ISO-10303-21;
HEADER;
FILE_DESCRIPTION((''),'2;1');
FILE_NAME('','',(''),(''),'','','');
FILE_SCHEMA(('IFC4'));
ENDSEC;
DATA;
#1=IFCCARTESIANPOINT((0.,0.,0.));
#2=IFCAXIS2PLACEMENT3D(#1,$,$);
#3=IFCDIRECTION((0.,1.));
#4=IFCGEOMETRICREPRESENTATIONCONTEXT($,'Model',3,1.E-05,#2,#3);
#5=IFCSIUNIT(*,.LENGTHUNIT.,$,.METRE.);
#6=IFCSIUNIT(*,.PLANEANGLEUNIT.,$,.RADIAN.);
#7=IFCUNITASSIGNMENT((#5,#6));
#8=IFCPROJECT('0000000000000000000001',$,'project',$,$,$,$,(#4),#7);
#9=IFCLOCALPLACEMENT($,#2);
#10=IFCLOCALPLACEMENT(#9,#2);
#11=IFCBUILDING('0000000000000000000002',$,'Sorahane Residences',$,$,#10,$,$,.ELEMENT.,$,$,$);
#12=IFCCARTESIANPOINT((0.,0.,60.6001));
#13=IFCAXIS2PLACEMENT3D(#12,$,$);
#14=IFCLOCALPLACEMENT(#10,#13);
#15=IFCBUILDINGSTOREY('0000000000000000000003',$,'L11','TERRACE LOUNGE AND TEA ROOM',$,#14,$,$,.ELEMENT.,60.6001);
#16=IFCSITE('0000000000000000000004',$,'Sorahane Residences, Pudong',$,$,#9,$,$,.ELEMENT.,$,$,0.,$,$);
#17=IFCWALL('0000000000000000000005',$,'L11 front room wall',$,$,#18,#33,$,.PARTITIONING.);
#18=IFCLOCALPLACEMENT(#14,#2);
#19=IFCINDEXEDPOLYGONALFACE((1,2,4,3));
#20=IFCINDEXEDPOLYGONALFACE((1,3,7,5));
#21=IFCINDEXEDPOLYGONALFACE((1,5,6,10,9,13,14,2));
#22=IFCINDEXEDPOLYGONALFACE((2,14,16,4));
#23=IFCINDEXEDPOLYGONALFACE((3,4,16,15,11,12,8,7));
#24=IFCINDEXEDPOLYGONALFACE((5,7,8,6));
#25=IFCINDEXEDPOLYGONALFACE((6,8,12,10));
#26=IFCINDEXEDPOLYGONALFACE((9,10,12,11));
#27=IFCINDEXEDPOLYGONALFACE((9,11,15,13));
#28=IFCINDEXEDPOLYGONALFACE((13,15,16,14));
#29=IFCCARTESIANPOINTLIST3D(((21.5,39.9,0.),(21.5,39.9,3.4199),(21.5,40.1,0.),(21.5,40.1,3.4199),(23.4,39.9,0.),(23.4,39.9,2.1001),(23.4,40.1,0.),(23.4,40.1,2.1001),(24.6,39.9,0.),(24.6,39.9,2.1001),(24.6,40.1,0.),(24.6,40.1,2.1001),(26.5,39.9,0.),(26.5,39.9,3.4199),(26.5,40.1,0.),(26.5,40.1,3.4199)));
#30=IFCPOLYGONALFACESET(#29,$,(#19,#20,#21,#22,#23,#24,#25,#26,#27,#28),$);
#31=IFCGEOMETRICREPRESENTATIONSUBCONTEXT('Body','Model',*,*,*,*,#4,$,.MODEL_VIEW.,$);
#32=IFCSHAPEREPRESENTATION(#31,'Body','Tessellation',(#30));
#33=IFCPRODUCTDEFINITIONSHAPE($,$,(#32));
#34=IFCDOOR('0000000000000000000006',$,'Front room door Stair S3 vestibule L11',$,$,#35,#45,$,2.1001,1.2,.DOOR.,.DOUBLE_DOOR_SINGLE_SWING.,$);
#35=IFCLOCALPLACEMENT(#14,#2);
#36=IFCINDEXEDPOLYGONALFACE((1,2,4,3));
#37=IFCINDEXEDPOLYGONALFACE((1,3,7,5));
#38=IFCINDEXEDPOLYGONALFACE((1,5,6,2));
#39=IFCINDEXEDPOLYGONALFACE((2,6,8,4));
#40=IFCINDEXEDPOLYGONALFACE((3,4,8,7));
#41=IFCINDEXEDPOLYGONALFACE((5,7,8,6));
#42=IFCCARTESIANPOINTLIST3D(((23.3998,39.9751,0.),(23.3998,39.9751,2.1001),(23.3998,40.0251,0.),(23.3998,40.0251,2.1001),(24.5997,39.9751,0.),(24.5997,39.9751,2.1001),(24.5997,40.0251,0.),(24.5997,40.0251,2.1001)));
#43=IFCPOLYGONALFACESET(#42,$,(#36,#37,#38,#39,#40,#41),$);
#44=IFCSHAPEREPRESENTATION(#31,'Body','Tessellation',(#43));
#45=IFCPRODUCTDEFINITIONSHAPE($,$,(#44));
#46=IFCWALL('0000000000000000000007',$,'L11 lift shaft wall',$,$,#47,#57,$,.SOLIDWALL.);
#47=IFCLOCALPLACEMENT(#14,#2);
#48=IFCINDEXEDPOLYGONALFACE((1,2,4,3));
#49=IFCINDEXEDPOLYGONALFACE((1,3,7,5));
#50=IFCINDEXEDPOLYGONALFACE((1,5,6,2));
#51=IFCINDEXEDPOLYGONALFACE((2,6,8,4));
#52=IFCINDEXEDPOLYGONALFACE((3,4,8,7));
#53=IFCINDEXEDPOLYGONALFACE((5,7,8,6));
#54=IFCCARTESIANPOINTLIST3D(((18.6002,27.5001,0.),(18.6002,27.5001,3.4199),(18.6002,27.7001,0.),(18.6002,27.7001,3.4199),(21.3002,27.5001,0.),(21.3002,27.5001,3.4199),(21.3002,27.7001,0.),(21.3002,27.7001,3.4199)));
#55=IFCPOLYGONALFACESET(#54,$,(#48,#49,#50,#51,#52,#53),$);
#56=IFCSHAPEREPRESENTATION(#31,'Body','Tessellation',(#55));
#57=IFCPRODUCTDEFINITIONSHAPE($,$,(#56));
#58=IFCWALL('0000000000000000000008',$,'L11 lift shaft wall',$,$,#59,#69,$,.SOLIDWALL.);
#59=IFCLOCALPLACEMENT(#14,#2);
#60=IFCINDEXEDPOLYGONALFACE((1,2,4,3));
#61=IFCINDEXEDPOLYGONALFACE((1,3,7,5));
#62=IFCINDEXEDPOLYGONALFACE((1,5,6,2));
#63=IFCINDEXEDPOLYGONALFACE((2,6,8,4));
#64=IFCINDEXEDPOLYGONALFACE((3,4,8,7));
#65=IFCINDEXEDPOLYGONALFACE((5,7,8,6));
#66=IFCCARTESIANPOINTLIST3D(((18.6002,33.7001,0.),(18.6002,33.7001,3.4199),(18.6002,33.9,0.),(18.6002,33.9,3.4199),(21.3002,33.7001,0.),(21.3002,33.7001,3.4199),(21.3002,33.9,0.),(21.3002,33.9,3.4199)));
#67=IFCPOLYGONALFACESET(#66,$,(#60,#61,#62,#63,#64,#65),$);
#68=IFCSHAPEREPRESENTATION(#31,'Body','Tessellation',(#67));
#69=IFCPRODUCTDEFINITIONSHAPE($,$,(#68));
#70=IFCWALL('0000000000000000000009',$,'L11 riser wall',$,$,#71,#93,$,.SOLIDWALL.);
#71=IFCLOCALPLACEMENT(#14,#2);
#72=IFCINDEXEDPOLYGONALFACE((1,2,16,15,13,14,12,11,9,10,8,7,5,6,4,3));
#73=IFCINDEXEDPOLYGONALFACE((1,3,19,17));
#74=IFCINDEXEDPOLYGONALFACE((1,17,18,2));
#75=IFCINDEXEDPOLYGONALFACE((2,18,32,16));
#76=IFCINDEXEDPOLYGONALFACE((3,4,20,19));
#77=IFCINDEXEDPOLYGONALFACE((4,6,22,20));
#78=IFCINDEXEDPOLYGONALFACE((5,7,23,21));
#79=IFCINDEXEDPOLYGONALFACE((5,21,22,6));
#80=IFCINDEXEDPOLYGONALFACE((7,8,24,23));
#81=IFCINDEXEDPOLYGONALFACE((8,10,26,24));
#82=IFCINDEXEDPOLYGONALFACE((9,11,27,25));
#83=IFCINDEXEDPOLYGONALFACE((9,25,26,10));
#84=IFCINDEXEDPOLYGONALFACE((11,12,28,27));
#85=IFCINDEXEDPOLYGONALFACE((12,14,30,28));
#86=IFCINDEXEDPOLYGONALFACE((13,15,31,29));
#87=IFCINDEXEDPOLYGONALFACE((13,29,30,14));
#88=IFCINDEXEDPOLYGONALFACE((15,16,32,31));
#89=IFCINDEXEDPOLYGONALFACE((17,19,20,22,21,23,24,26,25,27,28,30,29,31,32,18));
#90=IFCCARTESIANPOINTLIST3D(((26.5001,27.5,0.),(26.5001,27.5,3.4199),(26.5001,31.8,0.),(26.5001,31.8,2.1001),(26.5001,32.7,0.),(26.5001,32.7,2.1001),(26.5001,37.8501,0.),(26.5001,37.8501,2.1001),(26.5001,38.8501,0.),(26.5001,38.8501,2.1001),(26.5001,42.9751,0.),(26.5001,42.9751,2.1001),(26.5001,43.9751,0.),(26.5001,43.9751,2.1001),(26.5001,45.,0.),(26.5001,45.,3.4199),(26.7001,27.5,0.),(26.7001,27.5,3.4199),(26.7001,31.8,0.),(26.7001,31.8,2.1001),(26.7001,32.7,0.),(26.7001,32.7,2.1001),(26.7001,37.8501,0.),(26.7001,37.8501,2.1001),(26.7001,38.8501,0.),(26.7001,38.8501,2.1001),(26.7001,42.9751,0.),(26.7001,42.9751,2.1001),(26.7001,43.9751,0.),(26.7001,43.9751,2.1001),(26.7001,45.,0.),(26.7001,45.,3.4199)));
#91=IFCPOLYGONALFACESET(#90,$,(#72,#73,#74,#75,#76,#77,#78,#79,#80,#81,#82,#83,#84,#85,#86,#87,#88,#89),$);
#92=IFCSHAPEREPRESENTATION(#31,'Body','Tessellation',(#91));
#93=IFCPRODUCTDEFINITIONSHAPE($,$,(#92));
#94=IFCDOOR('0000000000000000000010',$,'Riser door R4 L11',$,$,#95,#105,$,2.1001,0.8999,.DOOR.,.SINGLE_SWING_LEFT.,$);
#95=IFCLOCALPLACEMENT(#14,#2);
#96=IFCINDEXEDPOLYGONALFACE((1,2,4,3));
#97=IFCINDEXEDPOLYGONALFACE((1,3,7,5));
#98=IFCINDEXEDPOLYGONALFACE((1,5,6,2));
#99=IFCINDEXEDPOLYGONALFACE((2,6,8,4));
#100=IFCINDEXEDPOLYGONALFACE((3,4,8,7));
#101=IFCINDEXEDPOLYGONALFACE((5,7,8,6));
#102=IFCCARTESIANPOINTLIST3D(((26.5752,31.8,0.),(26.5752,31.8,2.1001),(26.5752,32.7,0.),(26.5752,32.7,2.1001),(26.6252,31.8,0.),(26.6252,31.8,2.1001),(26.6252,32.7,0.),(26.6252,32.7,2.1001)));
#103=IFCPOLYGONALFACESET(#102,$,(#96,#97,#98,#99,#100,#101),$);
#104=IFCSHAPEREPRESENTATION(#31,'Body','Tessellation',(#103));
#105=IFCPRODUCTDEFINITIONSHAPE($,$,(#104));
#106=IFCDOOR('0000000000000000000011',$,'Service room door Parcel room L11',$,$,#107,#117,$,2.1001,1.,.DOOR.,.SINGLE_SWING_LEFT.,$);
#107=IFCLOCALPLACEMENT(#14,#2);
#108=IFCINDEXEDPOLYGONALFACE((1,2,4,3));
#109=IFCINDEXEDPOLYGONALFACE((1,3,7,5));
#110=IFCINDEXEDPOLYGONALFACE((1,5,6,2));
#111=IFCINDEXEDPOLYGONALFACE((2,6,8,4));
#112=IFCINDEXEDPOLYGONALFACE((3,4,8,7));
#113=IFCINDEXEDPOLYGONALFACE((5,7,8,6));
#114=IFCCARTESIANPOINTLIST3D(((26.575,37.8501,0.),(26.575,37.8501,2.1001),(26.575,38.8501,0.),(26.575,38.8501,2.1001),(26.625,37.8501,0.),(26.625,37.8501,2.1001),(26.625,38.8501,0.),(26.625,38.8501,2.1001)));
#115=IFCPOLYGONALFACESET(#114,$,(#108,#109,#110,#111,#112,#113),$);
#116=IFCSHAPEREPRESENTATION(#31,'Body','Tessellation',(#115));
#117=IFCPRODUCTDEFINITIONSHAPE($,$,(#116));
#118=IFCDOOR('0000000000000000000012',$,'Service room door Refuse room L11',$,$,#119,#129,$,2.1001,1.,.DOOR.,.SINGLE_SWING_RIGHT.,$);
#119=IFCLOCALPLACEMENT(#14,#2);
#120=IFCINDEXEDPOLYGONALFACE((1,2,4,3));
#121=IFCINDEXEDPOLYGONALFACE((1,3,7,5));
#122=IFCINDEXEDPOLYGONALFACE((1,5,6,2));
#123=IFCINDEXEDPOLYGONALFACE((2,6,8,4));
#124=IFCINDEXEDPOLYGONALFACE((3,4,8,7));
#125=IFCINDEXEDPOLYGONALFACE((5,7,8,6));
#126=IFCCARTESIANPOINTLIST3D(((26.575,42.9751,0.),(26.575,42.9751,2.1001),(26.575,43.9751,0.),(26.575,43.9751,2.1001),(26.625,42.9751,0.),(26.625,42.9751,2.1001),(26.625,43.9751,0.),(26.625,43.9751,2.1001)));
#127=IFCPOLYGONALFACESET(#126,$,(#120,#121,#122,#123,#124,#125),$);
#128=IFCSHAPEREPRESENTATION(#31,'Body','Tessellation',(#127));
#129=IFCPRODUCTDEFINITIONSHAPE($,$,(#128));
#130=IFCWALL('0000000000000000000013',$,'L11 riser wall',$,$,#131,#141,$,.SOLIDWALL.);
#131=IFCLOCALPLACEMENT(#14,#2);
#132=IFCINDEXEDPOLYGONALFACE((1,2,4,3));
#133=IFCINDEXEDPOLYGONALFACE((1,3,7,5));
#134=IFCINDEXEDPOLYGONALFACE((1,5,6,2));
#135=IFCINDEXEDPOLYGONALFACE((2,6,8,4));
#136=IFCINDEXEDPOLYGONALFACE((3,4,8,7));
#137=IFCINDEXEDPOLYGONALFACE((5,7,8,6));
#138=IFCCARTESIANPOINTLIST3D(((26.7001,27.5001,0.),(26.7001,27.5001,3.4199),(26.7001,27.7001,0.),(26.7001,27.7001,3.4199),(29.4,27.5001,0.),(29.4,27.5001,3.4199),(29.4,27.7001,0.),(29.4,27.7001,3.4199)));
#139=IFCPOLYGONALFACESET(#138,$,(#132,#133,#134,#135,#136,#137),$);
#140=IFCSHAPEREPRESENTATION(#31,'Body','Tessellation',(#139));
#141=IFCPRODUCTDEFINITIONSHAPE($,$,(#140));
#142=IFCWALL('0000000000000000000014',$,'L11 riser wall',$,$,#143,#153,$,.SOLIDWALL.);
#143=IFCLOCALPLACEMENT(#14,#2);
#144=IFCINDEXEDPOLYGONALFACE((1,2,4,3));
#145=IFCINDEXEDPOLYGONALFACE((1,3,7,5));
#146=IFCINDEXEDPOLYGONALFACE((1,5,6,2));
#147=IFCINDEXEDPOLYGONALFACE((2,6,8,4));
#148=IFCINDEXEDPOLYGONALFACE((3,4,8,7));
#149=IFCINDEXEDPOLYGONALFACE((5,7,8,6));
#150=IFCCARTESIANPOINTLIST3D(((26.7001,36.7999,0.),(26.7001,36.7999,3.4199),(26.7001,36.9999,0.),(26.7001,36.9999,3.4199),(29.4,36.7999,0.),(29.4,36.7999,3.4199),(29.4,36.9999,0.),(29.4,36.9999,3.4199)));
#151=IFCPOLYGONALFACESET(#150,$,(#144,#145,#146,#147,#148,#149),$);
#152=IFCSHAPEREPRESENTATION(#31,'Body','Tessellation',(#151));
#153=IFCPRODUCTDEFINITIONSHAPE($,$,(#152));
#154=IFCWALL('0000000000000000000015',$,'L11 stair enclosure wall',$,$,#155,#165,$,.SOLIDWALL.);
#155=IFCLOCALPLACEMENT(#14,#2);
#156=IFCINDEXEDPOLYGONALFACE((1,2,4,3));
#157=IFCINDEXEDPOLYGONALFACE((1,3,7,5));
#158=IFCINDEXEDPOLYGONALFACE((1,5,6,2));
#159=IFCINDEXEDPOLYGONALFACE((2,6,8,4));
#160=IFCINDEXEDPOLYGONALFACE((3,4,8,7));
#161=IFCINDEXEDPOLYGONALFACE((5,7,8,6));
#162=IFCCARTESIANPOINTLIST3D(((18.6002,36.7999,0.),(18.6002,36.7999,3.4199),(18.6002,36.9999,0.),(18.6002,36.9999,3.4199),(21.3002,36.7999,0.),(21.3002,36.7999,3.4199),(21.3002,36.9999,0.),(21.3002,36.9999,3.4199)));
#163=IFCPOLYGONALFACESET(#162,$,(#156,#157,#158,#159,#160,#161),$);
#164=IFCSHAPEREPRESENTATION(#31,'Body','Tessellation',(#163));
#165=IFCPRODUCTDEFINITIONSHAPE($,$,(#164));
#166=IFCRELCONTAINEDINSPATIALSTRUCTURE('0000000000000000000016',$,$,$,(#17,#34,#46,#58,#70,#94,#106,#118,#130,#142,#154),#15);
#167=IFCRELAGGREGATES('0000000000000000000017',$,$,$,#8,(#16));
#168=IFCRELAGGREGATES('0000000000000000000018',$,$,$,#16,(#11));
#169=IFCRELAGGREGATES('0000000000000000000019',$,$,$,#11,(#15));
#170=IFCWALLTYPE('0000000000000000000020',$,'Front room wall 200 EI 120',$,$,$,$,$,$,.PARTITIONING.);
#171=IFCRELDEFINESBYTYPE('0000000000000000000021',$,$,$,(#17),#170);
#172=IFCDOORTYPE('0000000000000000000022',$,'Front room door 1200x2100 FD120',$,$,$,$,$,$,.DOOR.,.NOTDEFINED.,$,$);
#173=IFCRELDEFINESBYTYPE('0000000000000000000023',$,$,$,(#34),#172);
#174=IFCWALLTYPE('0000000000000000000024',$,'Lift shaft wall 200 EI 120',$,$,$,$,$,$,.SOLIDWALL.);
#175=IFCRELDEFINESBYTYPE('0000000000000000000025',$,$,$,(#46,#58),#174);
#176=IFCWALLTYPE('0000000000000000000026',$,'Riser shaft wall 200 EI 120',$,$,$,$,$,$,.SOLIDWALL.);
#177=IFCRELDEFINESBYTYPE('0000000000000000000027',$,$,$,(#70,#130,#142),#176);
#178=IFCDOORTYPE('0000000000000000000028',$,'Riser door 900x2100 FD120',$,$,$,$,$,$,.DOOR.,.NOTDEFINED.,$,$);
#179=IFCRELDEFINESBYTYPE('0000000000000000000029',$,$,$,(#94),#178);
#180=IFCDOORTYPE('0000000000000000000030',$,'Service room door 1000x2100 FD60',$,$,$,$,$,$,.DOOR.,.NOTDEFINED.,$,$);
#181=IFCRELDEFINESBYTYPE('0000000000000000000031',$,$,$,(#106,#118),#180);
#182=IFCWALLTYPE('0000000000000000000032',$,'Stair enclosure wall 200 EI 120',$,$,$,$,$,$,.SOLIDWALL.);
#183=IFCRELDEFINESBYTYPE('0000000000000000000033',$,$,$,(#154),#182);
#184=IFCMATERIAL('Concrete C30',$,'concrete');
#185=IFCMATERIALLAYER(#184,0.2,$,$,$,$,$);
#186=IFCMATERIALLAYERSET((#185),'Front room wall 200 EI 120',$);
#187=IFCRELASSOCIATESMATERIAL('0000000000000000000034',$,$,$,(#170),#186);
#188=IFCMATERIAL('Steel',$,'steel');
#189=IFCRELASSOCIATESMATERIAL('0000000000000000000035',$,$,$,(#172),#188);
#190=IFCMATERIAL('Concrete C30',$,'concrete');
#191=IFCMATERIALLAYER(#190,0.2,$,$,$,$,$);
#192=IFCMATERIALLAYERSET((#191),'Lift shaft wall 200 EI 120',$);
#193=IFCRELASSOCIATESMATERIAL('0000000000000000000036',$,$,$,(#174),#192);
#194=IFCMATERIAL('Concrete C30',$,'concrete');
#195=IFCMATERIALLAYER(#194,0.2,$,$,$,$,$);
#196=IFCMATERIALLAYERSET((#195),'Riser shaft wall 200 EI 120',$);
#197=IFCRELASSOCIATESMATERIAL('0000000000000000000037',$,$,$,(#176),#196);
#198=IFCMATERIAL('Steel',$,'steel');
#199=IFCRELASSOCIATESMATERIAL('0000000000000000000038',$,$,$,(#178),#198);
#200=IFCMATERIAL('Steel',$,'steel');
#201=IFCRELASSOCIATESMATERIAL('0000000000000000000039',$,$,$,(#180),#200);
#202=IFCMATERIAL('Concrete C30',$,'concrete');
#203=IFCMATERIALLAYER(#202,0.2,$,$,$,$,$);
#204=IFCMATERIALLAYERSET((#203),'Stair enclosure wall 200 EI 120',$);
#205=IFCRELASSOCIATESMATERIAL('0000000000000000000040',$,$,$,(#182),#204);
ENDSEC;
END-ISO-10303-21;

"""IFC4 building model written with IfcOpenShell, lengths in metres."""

from ifc_helpers import new_model, si_unit, direction, frame, frame_2d, origin, place, context, subcontext, project, spatial, rectangle, extrude, material, layer, layer_set, type_object, element, fill, save


model = new_model("IFC4")

# Units and contexts
model_context = context("Model", 3, precision=1e-05, world=origin(), true_north=direction((0.0, 1.0)))
body_context = subcontext(model_context, "Body", "Model", "MODEL_VIEW")
ifc_project = project(units=[si_unit("LENGTHUNIT", "METRE"), si_unit("PLANEANGLEUNIT", "RADIAN")], contexts=[model_context])

# Site, building, storey
site_placement = place(None, origin())
site = spatial("IfcSite", under=ifc_project, at=site_placement, Name="Sorahane Residences, Pudong", CompositionType="ELEMENT", RefElevation=0.0)
building_placement = place(site_placement, origin())
building = spatial("IfcBuilding", under=site, at=building_placement, Name="Sorahane Residences", CompositionType="ELEMENT")
storey_placement = place(building_placement, frame((0.0, 0.0, 60.6001)))
storey = spatial("IfcBuildingStorey", under=building, at=storey_placement, Name="L11", Description="TERRACE LOUNGE AND TEA ROOM", CompositionType="ELEMENT", Elevation=60.6001)

# Wall, opening, door
ifc_material_1 = material(Name="Concrete C30", Category="concrete")
ifc_layer_1 = layer(ifc_material_1, 0.2)
ifc_layer_set_1 = layer_set([ifc_layer_1], Name="Front room wall 200 EI 120")
wall_type_1 = type_object("IfcWallType", Name="Front room wall 200 EI 120", PredefinedType="PARTITIONING", material=ifc_layer_set_1)
wall_1_placement = place(storey_placement, frame((21.5, 40.0, 0.0), z_axis=(0.0, 0.0, 1.0), x_axis=(1.0, 0.0, 0.0)))
wall_1 = element("IfcWall", 1, at=wall_1_placement, inside=storey, type_object=wall_type_1, Name="L11 front room wall", PredefinedType="PARTITIONING", context=body_context, shape_type="SweptSolid", body=[
    extrude(rectangle(XDim=5.0, YDim=0.2, at=frame_2d((2.5, 0.0))), origin(), (0.0, 0.0, 1.0), 3.4199),
])
opening_1_placement = place(wall_1_placement, frame((1.8999, 0.0, 0.0)))
opening_1 = element("IfcOpeningElement", 2, at=opening_1_placement, cuts=wall_1, PredefinedType="OPENING", context=body_context, shape_type="SweptSolid", body=[
    extrude(rectangle(XDim=1.2, YDim=2.1001, at=frame_2d((0.6001, 1.05))), frame((0.0, 0.1099, 0.0), z_axis=(0.0, -1.0, 0.0), x_axis=(1.0, 0.0, 0.0)), (0.0, 0.0, 1.0), 0.22),
])
ifc_material_2 = material(Name="Steel", Category="steel")
door_type_1 = type_object("IfcDoorType", Name="Front room door 1200x2100 FD120", OperationType="NOTDEFINED", PredefinedType="DOOR", material=ifc_material_2)
door_1_placement = place(opening_1_placement, frame((1.2, 0.0, 0.0), z_axis=(0.0, 0.0, 1.0), x_axis=(-1.0, 0.0, 0.0)))
door_1 = element("IfcDoor", 3, at=door_1_placement, inside=storey, type_object=door_type_1, Name="Front room door Stair S3 vestibule L11", OperationType="DOUBLE_DOOR_SINGLE_SWING", OverallHeight=2.1001, OverallWidth=1.2, PredefinedType="DOOR", context=body_context, shape_type="SweptSolid", body=[
    extrude(rectangle(XDim=1.2, YDim=2.1001, at=frame_2d((0.6001, 1.05))), frame((0.0, 0.0249, 0.0), z_axis=(0.0, -1.0, 0.0), x_axis=(1.0, 0.0, 0.0)), (0.0, 0.0, 1.0), 0.05),
])
fill(opening_1, door_1)

# Walls
ifc_material_3 = material(Name="Concrete C30", Category="concrete")
ifc_layer_2 = layer(ifc_material_3, 0.2)
ifc_layer_set_2 = layer_set([ifc_layer_2], Name="Lift shaft wall 200 EI 120")
wall_type_2 = type_object("IfcWallType", Name="Lift shaft wall 200 EI 120", PredefinedType="SOLIDWALL", material=ifc_layer_set_2)
for number, where, z_axis, x_axis, name in (
    (4, (18.6001, 27.6001, 0.0), (0.0, 0.0, 1.0), (1.0, 0.0, 0.0), "L11 lift shaft wall"),
    (5, (18.6001, 33.8, 0.0), (0.0, 0.0, 1.0), (1.0, 0.0, 0.0), "L11 lift shaft wall"),
):
    element("IfcWall", number, at=place(storey_placement, frame(where, z_axis=z_axis, x_axis=x_axis)), inside=storey, type_object=wall_type_2, Name=name, PredefinedType="SOLIDWALL", context=body_context, shape_type="SweptSolid", body=[
        extrude(rectangle(XDim=2.7, YDim=0.2, at=frame_2d((1.3501, 0.0))), origin(), (0.0, 0.0, 1.0), 3.4199),
    ])

# Wall, openings, doors
ifc_material_4 = material(Name="Concrete C30", Category="concrete")
ifc_layer_3 = layer(ifc_material_4, 0.2)
ifc_layer_set_3 = layer_set([ifc_layer_3], Name="Riser shaft wall 200 EI 120")
wall_type_3 = type_object("IfcWallType", Name="Riser shaft wall 200 EI 120", PredefinedType="SOLIDWALL", material=ifc_layer_set_3)
wall_2_placement = place(storey_placement, frame((26.6001, 27.5, 0.0), z_axis=(0.0, 0.0, 1.0), x_axis=(0.0, 1.0, 0.0)))
wall_2 = element("IfcWall", 6, at=wall_2_placement, inside=storey, type_object=wall_type_3, Name="L11 riser wall", PredefinedType="SOLIDWALL", context=body_context, shape_type="SweptSolid", body=[
    extrude(rectangle(XDim=17.5, YDim=0.2, at=frame_2d((8.75, 0.0))), origin(), (0.0, 0.0, 1.0), 3.4199),
])
opening_2_placement = place(wall_2_placement, frame((4.3, 0.0, 0.0)))
opening_2 = element("IfcOpeningElement", 7, at=opening_2_placement, cuts=wall_2, PredefinedType="OPENING", context=body_context, shape_type="SweptSolid", body=[
    extrude(rectangle(XDim=0.8999, YDim=2.1001, at=frame_2d((0.45, 1.05))), frame((0.0, 0.1099, 0.0), z_axis=(0.0, -1.0, 0.0), x_axis=(1.0, 0.0, 0.0)), (0.0, 0.0, 1.0), 0.22),
])
opening_3_placement = place(wall_2_placement, frame((10.3501, 0.0, 0.0)))
opening_3 = element("IfcOpeningElement", 8, at=opening_3_placement, cuts=wall_2, PredefinedType="OPENING", context=body_context, shape_type="SweptSolid", body=[
    extrude(rectangle(XDim=1.0, YDim=2.1001, at=frame_2d((0.5, 1.05))), frame((0.0, 0.1099, 0.0), z_axis=(0.0, -1.0, 0.0), x_axis=(1.0, 0.0, 0.0)), (0.0, 0.0, 1.0), 0.22),
])
opening_4_placement = place(wall_2_placement, frame((15.4751, 0.0, 0.0)))
opening_4 = element("IfcOpeningElement", 9, at=opening_4_placement, cuts=wall_2, PredefinedType="OPENING", context=body_context, shape_type="SweptSolid", body=[
    extrude(rectangle(XDim=1.0, YDim=2.1001, at=frame_2d((0.5, 1.05))), frame((0.0, 0.1099, 0.0), z_axis=(0.0, -1.0, 0.0), x_axis=(1.0, 0.0, 0.0)), (0.0, 0.0, 1.0), 0.22),
])
ifc_material_5 = material(Name="Steel", Category="steel")
door_type_2 = type_object("IfcDoorType", Name="Riser door 900x2100 FD120", OperationType="NOTDEFINED", PredefinedType="DOOR", material=ifc_material_5)
door_2_placement = place(opening_2_placement, origin())
door_2 = element("IfcDoor", 10, at=door_2_placement, inside=storey, type_object=door_type_2, Name="Riser door R4 L11", OperationType="SINGLE_SWING_LEFT", OverallHeight=2.1001, OverallWidth=0.8999, PredefinedType="DOOR", context=body_context, shape_type="SweptSolid", body=[
    extrude(rectangle(XDim=0.8999, YDim=2.1001, at=frame_2d((0.45, 1.05))), frame((0.0, 0.0249, 0.0), z_axis=(0.0, -1.0, 0.0), x_axis=(1.0, 0.0, 0.0)), (0.0, 0.0, 1.0), 0.05),
])
fill(opening_2, door_2)
ifc_material_6 = material(Name="Steel", Category="steel")
door_type_3 = type_object("IfcDoorType", Name="Service room door 1000x2100 FD60", OperationType="NOTDEFINED", PredefinedType="DOOR", material=ifc_material_6)
door_3_placement = place(opening_3_placement, frame((1.0, 0.0, 0.0), z_axis=(0.0, 0.0, 1.0), x_axis=(-1.0, 0.0, 0.0)))
door_3 = element("IfcDoor", 11, at=door_3_placement, inside=storey, type_object=door_type_3, Name="Service room door Parcel room L11", OperationType="SINGLE_SWING_LEFT", OverallHeight=2.1001, OverallWidth=1.0, PredefinedType="DOOR", context=body_context, shape_type="SweptSolid", body=[
    extrude(rectangle(XDim=1.0, YDim=2.1001, at=frame_2d((0.5, 1.05))), frame((0.0, 0.0249, 0.0), z_axis=(0.0, -1.0, 0.0), x_axis=(1.0, 0.0, 0.0)), (0.0, 0.0, 1.0), 0.05),
])
fill(opening_3, door_3)
door_4_placement = place(opening_4_placement, frame((1.0, 0.0, 0.0), z_axis=(0.0, 0.0, 1.0), x_axis=(-1.0, 0.0, 0.0)))
door_4 = element("IfcDoor", 12, at=door_4_placement, inside=storey, type_object=door_type_3, Name="Service room door Refuse room L11", OperationType="SINGLE_SWING_RIGHT", OverallHeight=2.1001, OverallWidth=1.0, PredefinedType="DOOR", context=body_context, shape_type="SweptSolid", body=[
    extrude(rectangle(XDim=1.0, YDim=2.1001, at=frame_2d((0.5, 1.05))), frame((0.0, 0.0249, 0.0), z_axis=(0.0, -1.0, 0.0), x_axis=(1.0, 0.0, 0.0)), (0.0, 0.0, 1.0), 0.05),
])
fill(opening_4, door_4)

# Walls
for number, where, z_axis, x_axis, name in (
    (13, (26.7, 27.6001, 0.0), (0.0, 0.0, 1.0), (1.0, 0.0, 0.0), "L11 riser wall"),
    (14, (26.7, 36.8999, 0.0), (0.0, 0.0, 1.0), (1.0, 0.0, 0.0), "L11 riser wall"),
):
    element("IfcWall", number, at=place(storey_placement, frame(where, z_axis=z_axis, x_axis=x_axis)), inside=storey, type_object=wall_type_3, Name=name, PredefinedType="SOLIDWALL", context=body_context, shape_type="SweptSolid", body=[
        extrude(rectangle(XDim=2.7, YDim=0.2, at=frame_2d((1.3501, 0.0))), origin(), (0.0, 0.0, 1.0), 3.4199),
    ])
ifc_material_7 = material(Name="Concrete C30", Category="concrete")
ifc_layer_4 = layer(ifc_material_7, 0.2)
ifc_layer_set_4 = layer_set([ifc_layer_4], Name="Stair enclosure wall 200 EI 120")
wall_type_4 = type_object("IfcWallType", Name="Stair enclosure wall 200 EI 120", PredefinedType="SOLIDWALL", material=ifc_layer_set_4)
wall_3_placement = place(storey_placement, frame((18.6001, 36.8999, 0.0), z_axis=(0.0, 0.0, 1.0), x_axis=(1.0, 0.0, 0.0)))
element("IfcWall", 15, at=wall_3_placement, inside=storey, type_object=wall_type_4, Name="L11 stair enclosure wall", PredefinedType="SOLIDWALL", context=body_context, shape_type="SweptSolid", body=[
    extrude(rectangle(XDim=2.7, YDim=0.2, at=frame_2d((1.3501, 0.0))), origin(), (0.0, 0.0, 1.0), 3.4199),
])

save(model, "model.ifc")
